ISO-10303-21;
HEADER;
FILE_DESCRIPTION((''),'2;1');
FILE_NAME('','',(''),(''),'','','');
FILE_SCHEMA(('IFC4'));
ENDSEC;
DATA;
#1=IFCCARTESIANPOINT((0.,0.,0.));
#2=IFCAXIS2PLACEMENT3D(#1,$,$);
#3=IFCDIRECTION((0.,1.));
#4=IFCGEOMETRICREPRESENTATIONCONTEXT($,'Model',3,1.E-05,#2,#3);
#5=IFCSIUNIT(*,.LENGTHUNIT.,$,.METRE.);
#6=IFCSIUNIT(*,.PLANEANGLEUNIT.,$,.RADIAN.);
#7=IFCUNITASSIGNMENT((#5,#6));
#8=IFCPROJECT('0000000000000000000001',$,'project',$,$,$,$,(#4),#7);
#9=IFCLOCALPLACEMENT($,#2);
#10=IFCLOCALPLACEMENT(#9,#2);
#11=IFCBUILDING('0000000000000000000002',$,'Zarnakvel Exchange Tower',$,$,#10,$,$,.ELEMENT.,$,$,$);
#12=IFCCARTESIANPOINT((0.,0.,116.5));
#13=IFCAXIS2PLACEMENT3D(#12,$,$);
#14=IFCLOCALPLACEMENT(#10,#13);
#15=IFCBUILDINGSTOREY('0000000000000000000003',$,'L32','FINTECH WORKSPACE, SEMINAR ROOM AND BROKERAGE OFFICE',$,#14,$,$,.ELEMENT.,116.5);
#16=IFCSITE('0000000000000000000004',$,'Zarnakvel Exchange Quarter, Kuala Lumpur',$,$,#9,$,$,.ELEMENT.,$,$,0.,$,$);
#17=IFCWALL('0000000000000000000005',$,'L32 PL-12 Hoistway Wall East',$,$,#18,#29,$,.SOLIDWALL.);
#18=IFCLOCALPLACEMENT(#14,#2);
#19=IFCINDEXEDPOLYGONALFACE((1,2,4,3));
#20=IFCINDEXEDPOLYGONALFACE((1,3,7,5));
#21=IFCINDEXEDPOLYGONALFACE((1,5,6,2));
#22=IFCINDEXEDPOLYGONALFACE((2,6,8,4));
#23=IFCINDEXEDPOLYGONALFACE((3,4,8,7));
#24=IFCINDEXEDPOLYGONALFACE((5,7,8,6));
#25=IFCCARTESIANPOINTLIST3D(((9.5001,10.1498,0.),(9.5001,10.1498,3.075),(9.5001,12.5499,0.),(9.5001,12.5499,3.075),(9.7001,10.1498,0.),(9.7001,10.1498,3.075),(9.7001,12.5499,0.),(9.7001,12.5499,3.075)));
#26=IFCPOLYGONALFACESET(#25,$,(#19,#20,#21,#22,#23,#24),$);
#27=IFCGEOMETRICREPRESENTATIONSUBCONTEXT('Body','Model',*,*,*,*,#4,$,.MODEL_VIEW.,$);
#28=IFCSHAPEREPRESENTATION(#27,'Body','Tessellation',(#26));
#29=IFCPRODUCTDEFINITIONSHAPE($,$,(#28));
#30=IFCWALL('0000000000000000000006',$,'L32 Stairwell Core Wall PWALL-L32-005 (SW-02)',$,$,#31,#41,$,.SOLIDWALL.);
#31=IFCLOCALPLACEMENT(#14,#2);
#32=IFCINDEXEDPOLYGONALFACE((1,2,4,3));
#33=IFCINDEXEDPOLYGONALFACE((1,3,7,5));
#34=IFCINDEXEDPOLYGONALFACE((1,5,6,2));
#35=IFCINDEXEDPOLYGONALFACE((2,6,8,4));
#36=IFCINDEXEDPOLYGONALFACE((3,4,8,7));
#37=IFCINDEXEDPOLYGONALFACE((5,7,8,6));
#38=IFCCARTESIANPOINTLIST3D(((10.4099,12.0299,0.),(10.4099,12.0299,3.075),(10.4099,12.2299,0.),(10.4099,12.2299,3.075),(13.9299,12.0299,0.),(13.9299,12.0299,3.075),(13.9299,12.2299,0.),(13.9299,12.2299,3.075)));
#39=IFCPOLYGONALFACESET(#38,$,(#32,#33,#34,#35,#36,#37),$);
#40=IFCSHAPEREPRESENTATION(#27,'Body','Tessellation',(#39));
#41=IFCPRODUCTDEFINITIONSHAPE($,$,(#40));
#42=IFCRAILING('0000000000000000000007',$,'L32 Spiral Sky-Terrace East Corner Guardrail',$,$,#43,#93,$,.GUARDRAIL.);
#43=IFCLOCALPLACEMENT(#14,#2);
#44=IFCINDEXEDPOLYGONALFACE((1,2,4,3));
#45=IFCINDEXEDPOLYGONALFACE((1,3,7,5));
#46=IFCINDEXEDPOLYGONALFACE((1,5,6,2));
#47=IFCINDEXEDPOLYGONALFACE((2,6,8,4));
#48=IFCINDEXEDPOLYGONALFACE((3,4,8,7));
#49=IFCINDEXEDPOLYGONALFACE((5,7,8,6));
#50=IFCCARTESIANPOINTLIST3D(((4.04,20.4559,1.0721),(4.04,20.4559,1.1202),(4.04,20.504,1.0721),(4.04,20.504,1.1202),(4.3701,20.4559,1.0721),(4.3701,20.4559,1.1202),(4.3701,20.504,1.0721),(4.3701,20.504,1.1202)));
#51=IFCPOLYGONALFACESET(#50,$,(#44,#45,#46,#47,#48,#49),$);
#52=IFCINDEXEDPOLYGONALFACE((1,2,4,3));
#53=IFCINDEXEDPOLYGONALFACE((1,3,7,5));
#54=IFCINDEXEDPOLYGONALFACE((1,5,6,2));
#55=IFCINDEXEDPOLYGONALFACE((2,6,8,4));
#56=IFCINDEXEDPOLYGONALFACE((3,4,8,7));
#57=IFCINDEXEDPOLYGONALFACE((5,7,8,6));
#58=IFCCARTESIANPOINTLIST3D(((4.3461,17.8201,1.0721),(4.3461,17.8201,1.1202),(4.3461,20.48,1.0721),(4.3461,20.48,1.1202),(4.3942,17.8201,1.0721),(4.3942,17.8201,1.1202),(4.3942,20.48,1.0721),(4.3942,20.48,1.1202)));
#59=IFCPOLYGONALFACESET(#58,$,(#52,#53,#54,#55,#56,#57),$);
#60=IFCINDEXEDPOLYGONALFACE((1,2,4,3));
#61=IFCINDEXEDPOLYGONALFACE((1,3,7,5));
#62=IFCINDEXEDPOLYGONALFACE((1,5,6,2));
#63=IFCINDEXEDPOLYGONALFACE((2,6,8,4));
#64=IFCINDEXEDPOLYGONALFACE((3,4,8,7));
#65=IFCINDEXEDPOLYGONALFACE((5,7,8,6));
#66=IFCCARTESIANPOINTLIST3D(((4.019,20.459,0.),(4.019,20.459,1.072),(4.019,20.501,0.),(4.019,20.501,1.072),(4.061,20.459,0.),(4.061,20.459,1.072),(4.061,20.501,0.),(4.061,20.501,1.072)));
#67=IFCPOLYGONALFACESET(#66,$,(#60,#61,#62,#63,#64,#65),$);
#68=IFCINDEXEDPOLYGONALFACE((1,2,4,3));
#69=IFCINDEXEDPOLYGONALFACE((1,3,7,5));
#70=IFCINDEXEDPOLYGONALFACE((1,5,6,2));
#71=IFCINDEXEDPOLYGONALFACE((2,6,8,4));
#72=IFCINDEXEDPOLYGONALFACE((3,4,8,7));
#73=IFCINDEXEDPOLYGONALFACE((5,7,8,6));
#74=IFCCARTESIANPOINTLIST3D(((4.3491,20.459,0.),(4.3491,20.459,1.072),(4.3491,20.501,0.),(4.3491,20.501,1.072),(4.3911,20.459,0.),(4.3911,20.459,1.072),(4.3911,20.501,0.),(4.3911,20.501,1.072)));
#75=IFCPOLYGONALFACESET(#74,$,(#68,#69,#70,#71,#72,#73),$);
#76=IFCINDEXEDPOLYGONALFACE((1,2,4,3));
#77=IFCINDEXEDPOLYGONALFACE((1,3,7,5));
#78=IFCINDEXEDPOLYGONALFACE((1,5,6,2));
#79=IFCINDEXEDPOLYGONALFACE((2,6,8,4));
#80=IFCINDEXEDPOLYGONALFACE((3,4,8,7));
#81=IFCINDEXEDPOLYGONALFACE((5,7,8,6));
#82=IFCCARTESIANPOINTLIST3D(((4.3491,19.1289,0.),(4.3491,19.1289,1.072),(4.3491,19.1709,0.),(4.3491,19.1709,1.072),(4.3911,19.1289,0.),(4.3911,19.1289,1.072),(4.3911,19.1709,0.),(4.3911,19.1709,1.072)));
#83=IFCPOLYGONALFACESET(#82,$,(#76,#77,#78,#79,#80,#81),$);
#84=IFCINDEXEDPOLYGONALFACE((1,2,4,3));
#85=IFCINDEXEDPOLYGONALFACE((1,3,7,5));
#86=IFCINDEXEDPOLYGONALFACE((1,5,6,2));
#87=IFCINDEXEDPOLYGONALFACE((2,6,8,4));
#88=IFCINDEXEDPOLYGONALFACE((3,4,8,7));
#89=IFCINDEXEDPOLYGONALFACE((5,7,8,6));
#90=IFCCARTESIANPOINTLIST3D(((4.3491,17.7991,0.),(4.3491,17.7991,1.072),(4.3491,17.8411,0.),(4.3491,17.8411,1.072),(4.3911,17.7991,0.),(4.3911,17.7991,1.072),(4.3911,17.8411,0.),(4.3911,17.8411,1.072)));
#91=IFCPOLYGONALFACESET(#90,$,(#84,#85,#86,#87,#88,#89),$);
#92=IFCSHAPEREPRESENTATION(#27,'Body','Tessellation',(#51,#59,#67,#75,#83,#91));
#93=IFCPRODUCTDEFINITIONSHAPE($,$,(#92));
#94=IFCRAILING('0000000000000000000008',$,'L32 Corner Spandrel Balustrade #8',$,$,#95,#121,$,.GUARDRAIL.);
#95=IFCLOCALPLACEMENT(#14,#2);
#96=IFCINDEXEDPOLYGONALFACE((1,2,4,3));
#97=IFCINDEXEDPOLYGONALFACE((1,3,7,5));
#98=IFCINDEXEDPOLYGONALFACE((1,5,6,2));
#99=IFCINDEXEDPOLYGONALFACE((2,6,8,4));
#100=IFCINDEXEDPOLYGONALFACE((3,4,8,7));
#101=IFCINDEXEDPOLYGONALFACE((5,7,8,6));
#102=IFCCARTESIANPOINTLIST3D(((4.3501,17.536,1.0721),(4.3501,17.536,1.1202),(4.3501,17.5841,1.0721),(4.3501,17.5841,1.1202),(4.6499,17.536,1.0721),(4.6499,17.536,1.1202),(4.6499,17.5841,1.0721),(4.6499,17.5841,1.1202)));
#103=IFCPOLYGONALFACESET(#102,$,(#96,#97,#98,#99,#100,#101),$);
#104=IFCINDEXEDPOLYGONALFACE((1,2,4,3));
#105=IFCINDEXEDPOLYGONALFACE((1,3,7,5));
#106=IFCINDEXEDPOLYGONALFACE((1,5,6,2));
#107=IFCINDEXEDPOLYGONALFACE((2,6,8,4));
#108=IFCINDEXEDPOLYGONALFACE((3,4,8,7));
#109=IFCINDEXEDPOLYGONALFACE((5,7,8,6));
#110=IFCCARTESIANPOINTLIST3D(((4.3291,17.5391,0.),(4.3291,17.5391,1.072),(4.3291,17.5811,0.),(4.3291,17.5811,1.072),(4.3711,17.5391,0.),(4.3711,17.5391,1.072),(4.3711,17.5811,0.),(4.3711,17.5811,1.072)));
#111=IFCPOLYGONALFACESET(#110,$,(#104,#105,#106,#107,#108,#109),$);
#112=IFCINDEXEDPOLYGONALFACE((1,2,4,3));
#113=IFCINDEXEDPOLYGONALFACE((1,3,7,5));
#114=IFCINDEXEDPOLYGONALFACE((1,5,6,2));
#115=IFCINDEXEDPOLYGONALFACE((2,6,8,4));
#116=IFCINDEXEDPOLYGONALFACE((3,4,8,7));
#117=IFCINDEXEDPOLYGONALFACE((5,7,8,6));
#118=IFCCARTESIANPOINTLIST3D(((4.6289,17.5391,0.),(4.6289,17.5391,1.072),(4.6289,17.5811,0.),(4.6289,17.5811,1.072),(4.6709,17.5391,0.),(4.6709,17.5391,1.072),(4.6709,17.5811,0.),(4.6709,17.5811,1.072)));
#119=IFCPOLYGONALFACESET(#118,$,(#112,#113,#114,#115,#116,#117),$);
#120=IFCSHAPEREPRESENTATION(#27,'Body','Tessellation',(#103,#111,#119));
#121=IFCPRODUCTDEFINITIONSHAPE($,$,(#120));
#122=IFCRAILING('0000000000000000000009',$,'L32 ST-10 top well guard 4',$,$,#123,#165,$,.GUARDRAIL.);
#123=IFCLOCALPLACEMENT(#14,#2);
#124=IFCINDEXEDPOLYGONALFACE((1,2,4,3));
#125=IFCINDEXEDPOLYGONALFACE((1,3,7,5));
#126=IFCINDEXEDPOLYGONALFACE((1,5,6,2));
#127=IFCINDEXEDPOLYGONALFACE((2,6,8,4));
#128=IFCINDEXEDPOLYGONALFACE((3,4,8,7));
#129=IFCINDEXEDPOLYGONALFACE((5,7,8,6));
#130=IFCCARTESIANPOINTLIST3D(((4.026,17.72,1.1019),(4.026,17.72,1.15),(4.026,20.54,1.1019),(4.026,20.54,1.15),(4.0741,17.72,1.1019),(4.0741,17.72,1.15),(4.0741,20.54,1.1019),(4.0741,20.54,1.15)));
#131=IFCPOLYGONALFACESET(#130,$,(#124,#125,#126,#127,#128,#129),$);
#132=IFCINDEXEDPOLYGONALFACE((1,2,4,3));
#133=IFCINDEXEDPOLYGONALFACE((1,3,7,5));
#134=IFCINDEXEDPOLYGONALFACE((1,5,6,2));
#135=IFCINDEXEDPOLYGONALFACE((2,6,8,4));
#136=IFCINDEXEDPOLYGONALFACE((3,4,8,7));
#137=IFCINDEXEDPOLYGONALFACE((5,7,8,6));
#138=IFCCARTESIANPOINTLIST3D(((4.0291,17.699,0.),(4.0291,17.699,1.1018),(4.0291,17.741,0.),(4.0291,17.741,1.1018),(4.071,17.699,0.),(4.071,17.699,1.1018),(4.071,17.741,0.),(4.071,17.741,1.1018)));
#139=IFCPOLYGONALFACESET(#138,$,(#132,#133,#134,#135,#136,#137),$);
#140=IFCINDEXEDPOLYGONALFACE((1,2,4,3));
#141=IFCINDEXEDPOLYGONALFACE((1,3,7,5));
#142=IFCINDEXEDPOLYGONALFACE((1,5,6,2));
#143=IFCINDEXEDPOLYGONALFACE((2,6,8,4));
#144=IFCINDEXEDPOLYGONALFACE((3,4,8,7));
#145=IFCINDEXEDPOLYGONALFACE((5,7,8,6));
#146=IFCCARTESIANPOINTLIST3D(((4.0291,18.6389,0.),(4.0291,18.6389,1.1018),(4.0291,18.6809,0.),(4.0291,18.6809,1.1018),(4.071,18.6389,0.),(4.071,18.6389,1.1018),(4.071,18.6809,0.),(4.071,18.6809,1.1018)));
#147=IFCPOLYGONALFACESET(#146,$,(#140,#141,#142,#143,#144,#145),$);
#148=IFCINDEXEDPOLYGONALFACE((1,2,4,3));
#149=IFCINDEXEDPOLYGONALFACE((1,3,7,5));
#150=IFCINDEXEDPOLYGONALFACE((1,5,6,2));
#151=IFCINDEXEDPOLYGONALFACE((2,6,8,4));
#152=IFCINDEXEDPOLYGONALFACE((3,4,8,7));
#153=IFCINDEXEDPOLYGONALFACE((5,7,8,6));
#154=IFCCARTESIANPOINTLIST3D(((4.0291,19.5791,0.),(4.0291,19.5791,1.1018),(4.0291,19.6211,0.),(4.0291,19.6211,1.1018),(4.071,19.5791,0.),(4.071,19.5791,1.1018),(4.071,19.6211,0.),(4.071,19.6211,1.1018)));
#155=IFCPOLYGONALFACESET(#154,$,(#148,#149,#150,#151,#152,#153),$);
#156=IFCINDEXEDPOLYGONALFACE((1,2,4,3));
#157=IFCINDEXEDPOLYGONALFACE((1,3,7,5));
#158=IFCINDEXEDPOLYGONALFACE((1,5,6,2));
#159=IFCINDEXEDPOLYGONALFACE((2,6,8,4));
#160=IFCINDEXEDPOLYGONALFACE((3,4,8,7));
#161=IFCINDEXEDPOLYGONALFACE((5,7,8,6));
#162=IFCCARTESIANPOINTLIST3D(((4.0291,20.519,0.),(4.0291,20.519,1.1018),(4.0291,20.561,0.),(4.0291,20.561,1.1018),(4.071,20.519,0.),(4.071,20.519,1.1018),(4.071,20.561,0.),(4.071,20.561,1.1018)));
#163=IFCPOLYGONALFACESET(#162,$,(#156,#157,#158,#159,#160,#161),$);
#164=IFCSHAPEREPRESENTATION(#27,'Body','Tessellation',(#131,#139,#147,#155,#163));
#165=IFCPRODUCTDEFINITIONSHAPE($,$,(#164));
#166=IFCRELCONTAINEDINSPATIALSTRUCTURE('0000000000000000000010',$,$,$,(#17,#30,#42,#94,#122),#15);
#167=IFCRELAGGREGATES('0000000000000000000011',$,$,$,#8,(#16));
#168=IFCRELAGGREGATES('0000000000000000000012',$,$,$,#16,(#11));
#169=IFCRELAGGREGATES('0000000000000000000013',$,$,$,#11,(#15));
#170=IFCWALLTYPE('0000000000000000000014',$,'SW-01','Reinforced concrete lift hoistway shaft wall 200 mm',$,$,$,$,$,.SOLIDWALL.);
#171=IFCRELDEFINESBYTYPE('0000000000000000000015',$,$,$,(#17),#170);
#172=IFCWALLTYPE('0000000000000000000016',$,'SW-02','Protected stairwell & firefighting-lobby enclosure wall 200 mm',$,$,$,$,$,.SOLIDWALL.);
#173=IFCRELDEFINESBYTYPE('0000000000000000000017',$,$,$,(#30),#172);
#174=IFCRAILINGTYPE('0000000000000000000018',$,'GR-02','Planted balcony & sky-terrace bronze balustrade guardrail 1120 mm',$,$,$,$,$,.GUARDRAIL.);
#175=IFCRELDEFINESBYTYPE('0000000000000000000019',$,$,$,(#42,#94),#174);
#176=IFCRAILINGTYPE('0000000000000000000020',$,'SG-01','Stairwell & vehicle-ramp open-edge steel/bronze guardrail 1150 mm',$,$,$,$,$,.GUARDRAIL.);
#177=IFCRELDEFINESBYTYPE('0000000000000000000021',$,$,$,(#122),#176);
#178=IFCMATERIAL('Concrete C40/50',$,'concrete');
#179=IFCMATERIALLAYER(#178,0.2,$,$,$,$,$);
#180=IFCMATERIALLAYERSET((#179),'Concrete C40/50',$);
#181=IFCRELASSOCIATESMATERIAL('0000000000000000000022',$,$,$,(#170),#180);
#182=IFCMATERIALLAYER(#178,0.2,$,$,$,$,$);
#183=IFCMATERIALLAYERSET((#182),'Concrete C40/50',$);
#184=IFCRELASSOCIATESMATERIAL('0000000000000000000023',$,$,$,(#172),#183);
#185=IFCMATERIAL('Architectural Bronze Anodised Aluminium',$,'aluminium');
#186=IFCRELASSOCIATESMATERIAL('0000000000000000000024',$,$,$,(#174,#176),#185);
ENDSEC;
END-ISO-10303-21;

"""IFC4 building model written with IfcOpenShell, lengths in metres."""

from ifc_helpers import new_model, si_unit, direction, frame, frame_2d, origin, origin_2d, place, context, subcontext, project, spatial, rectangle, extrude, material, layer, layer_set, type_object, element, save


model = new_model("IFC4")

# Units and contexts
model_context = context("Model", 3, precision=1e-05, world=origin(), true_north=direction((0.0, 1.0)))
body_context = subcontext(model_context, "Body", "Model", "MODEL_VIEW")
ifc_project = project(units=[si_unit("LENGTHUNIT", "METRE"), si_unit("PLANEANGLEUNIT", "RADIAN")], contexts=[model_context])

# Site, building, storey
site_placement = place(None, origin())
site = spatial("IfcSite", under=ifc_project, at=site_placement, Name="Zarnakvel Exchange Quarter, Kuala Lumpur", CompositionType="ELEMENT", RefElevation=0.0)
building_placement = place(site_placement, origin())
building = spatial("IfcBuilding", under=site, at=building_placement, Name="Zarnakvel Exchange Tower", CompositionType="ELEMENT")
storey_placement = place(building_placement, frame((0.0, 0.0, 116.5)))
storey = spatial("IfcBuildingStorey", under=building, at=storey_placement, Name="L32", Description="FINTECH WORKSPACE, SEMINAR ROOM AND BROKERAGE OFFICE", CompositionType="ELEMENT", Elevation=116.5)

# Shared definitions
ifc_material_1 = material(Name="Architectural Bronze Anodised Aluminium", Category="aluminium")

# Walls
ifc_material_2 = material(Name="Concrete C40/50", Category="concrete")
ifc_layer_1 = layer(ifc_material_2, 0.2)
ifc_layer_set_1 = layer_set([ifc_layer_1], Name="Concrete C40/50")
wall_type_1 = type_object("IfcWallType", Name="SW-01", Description="Reinforced concrete lift hoistway shaft wall 200 mm", PredefinedType="SOLIDWALL", material=ifc_layer_set_1)
wall_1_placement = place(storey_placement, frame((9.6001, 12.55, 0.0), z_axis=(0.0, 0.0, 1.0), x_axis=(0.0, -1.0, 0.0)))
element("IfcWall", 1, at=wall_1_placement, inside=storey, type_object=wall_type_1, Name="L32 PL-12 Hoistway Wall East", PredefinedType="SOLIDWALL", context=body_context, shape_type="SweptSolid", body=[
    extrude(rectangle(XDim=2.4001, YDim=0.2, at=frame_2d((1.2002, 0.0))), origin(), (0.0, 0.0, 1.0), 3.075),
])
ifc_layer_2 = layer(ifc_material_2, 0.2)
ifc_layer_set_2 = layer_set([ifc_layer_2], Name="Concrete C40/50")
wall_type_2 = type_object("IfcWallType", Name="SW-02", Description="Protected stairwell & firefighting-lobby enclosure wall 200 mm", PredefinedType="SOLIDWALL", material=ifc_layer_set_2)
wall_2_placement = place(storey_placement, frame((10.4099, 12.1299, 0.0), z_axis=(0.0, 0.0, 1.0), x_axis=(1.0, 0.0, 0.0)))
element("IfcWall", 2, at=wall_2_placement, inside=storey, type_object=wall_type_2, Name="L32 Stairwell Core Wall PWALL-L32-005 (SW-02)", PredefinedType="SOLIDWALL", context=body_context, shape_type="SweptSolid", body=[
    extrude(rectangle(XDim=3.52, YDim=0.2, at=frame_2d((1.76, 0.0))), origin(), (0.0, 0.0, 1.0), 3.075),
])

# Railings
railing_type_1 = type_object("IfcRailingType", Name="GR-02", Description="Planted balcony & sky-terrace bronze balustrade guardrail 1120 mm", PredefinedType="GUARDRAIL", material=ifc_material_1)
railing_1_placement = place(storey_placement, frame((4.04, 20.48, 0.0)))
element("IfcRailing", 3, at=railing_1_placement, inside=storey, type_object=railing_type_1, Name="L32 Spiral Sky-Terrace East Corner Guardrail", PredefinedType="GUARDRAIL", context=body_context, shape_type="SweptSolid", body=[
    extrude(rectangle(XDim=0.0481, YDim=0.0481, at=origin_2d()), frame((0.0, 0.0, 1.0962), z_axis=(1.0, 0.0, 0.0), x_axis=(0.0, 1.0, 0.0)), (0.0, 0.0, 1.0), 0.3301),
    extrude(rectangle(XDim=0.0481, YDim=0.0481, at=origin_2d()), frame((0.3301, 0.0, 1.0962), z_axis=(0.0, -1.0, 0.0), x_axis=(1.0, 0.0, 0.0)), (0.0, 0.0, 1.0), 2.6599),
    extrude(rectangle(XDim=0.042, YDim=0.042, at=origin_2d()), origin(), (0.0, 0.0, 1.0), 1.072),
    extrude(rectangle(XDim=0.042, YDim=0.042, at=origin_2d()), frame((0.3301, 0.0, 0.0)), (0.0, 0.0, 1.0), 1.072),
    extrude(rectangle(XDim=0.042, YDim=0.042, at=origin_2d()), frame((0.3301, -1.3301, 0.0)), (0.0, 0.0, 1.0), 1.072),
    extrude(rectangle(XDim=0.042, YDim=0.042, at=origin_2d()), frame((0.3301, -2.6599, 0.0)), (0.0, 0.0, 1.0), 1.072),
])
railing_2_placement = place(storey_placement, frame((4.3501, 17.5601, 0.0)))
element("IfcRailing", 4, at=railing_2_placement, inside=storey, type_object=railing_type_1, Name="L32 Corner Spandrel Balustrade #8", PredefinedType="GUARDRAIL", context=body_context, shape_type="SweptSolid", body=[
    extrude(rectangle(XDim=0.0481, YDim=0.0481, at=origin_2d()), frame((0.0, 0.0, 1.0962), z_axis=(1.0, 0.0, 0.0), x_axis=(0.0, 1.0, 0.0)), (0.0, 0.0, 1.0), 0.2998),
    extrude(rectangle(XDim=0.042, YDim=0.042, at=origin_2d()), origin(), (0.0, 0.0, 1.0), 1.072),
    extrude(rectangle(XDim=0.042, YDim=0.042, at=origin_2d()), frame((0.2998, 0.0, 0.0)), (0.0, 0.0, 1.0), 1.072),
])
railing_type_2 = type_object("IfcRailingType", Name="SG-01", Description="Stairwell & vehicle-ramp open-edge steel/bronze guardrail 1150 mm", PredefinedType="GUARDRAIL", material=ifc_material_1)
railing_3_placement = place(storey_placement, frame((4.05, 17.72, 0.0)))
element("IfcRailing", 5, at=railing_3_placement, inside=storey, type_object=railing_type_2, Name="L32 ST-10 top well guard 4", PredefinedType="GUARDRAIL", context=body_context, shape_type="SweptSolid", body=[
    extrude(rectangle(XDim=0.0481, YDim=0.0481, at=origin_2d()), frame((0.0, 0.0, 1.126), z_axis=(0.0, 1.0, 0.0), x_axis=(-1.0, 0.0, 0.0)), (0.0, 0.0, 1.0), 2.8201),
    extrude(rectangle(XDim=0.042, YDim=0.042, at=origin_2d()), origin(), (0.0, 0.0, 1.0), 1.1018),
    extrude(rectangle(XDim=0.042, YDim=0.042, at=origin_2d()), frame((0.0, 0.9399, 0.0)), (0.0, 0.0, 1.0), 1.1018),
    extrude(rectangle(XDim=0.042, YDim=0.042, at=origin_2d()), frame((0.0, 1.8801, 0.0)), (0.0, 0.0, 1.0), 1.1018),
    extrude(rectangle(XDim=0.042, YDim=0.042, at=origin_2d()), frame((0.0, 2.8201, 0.0)), (0.0, 0.0, 1.0), 1.1018),
])

save(model, "model.ifc")
